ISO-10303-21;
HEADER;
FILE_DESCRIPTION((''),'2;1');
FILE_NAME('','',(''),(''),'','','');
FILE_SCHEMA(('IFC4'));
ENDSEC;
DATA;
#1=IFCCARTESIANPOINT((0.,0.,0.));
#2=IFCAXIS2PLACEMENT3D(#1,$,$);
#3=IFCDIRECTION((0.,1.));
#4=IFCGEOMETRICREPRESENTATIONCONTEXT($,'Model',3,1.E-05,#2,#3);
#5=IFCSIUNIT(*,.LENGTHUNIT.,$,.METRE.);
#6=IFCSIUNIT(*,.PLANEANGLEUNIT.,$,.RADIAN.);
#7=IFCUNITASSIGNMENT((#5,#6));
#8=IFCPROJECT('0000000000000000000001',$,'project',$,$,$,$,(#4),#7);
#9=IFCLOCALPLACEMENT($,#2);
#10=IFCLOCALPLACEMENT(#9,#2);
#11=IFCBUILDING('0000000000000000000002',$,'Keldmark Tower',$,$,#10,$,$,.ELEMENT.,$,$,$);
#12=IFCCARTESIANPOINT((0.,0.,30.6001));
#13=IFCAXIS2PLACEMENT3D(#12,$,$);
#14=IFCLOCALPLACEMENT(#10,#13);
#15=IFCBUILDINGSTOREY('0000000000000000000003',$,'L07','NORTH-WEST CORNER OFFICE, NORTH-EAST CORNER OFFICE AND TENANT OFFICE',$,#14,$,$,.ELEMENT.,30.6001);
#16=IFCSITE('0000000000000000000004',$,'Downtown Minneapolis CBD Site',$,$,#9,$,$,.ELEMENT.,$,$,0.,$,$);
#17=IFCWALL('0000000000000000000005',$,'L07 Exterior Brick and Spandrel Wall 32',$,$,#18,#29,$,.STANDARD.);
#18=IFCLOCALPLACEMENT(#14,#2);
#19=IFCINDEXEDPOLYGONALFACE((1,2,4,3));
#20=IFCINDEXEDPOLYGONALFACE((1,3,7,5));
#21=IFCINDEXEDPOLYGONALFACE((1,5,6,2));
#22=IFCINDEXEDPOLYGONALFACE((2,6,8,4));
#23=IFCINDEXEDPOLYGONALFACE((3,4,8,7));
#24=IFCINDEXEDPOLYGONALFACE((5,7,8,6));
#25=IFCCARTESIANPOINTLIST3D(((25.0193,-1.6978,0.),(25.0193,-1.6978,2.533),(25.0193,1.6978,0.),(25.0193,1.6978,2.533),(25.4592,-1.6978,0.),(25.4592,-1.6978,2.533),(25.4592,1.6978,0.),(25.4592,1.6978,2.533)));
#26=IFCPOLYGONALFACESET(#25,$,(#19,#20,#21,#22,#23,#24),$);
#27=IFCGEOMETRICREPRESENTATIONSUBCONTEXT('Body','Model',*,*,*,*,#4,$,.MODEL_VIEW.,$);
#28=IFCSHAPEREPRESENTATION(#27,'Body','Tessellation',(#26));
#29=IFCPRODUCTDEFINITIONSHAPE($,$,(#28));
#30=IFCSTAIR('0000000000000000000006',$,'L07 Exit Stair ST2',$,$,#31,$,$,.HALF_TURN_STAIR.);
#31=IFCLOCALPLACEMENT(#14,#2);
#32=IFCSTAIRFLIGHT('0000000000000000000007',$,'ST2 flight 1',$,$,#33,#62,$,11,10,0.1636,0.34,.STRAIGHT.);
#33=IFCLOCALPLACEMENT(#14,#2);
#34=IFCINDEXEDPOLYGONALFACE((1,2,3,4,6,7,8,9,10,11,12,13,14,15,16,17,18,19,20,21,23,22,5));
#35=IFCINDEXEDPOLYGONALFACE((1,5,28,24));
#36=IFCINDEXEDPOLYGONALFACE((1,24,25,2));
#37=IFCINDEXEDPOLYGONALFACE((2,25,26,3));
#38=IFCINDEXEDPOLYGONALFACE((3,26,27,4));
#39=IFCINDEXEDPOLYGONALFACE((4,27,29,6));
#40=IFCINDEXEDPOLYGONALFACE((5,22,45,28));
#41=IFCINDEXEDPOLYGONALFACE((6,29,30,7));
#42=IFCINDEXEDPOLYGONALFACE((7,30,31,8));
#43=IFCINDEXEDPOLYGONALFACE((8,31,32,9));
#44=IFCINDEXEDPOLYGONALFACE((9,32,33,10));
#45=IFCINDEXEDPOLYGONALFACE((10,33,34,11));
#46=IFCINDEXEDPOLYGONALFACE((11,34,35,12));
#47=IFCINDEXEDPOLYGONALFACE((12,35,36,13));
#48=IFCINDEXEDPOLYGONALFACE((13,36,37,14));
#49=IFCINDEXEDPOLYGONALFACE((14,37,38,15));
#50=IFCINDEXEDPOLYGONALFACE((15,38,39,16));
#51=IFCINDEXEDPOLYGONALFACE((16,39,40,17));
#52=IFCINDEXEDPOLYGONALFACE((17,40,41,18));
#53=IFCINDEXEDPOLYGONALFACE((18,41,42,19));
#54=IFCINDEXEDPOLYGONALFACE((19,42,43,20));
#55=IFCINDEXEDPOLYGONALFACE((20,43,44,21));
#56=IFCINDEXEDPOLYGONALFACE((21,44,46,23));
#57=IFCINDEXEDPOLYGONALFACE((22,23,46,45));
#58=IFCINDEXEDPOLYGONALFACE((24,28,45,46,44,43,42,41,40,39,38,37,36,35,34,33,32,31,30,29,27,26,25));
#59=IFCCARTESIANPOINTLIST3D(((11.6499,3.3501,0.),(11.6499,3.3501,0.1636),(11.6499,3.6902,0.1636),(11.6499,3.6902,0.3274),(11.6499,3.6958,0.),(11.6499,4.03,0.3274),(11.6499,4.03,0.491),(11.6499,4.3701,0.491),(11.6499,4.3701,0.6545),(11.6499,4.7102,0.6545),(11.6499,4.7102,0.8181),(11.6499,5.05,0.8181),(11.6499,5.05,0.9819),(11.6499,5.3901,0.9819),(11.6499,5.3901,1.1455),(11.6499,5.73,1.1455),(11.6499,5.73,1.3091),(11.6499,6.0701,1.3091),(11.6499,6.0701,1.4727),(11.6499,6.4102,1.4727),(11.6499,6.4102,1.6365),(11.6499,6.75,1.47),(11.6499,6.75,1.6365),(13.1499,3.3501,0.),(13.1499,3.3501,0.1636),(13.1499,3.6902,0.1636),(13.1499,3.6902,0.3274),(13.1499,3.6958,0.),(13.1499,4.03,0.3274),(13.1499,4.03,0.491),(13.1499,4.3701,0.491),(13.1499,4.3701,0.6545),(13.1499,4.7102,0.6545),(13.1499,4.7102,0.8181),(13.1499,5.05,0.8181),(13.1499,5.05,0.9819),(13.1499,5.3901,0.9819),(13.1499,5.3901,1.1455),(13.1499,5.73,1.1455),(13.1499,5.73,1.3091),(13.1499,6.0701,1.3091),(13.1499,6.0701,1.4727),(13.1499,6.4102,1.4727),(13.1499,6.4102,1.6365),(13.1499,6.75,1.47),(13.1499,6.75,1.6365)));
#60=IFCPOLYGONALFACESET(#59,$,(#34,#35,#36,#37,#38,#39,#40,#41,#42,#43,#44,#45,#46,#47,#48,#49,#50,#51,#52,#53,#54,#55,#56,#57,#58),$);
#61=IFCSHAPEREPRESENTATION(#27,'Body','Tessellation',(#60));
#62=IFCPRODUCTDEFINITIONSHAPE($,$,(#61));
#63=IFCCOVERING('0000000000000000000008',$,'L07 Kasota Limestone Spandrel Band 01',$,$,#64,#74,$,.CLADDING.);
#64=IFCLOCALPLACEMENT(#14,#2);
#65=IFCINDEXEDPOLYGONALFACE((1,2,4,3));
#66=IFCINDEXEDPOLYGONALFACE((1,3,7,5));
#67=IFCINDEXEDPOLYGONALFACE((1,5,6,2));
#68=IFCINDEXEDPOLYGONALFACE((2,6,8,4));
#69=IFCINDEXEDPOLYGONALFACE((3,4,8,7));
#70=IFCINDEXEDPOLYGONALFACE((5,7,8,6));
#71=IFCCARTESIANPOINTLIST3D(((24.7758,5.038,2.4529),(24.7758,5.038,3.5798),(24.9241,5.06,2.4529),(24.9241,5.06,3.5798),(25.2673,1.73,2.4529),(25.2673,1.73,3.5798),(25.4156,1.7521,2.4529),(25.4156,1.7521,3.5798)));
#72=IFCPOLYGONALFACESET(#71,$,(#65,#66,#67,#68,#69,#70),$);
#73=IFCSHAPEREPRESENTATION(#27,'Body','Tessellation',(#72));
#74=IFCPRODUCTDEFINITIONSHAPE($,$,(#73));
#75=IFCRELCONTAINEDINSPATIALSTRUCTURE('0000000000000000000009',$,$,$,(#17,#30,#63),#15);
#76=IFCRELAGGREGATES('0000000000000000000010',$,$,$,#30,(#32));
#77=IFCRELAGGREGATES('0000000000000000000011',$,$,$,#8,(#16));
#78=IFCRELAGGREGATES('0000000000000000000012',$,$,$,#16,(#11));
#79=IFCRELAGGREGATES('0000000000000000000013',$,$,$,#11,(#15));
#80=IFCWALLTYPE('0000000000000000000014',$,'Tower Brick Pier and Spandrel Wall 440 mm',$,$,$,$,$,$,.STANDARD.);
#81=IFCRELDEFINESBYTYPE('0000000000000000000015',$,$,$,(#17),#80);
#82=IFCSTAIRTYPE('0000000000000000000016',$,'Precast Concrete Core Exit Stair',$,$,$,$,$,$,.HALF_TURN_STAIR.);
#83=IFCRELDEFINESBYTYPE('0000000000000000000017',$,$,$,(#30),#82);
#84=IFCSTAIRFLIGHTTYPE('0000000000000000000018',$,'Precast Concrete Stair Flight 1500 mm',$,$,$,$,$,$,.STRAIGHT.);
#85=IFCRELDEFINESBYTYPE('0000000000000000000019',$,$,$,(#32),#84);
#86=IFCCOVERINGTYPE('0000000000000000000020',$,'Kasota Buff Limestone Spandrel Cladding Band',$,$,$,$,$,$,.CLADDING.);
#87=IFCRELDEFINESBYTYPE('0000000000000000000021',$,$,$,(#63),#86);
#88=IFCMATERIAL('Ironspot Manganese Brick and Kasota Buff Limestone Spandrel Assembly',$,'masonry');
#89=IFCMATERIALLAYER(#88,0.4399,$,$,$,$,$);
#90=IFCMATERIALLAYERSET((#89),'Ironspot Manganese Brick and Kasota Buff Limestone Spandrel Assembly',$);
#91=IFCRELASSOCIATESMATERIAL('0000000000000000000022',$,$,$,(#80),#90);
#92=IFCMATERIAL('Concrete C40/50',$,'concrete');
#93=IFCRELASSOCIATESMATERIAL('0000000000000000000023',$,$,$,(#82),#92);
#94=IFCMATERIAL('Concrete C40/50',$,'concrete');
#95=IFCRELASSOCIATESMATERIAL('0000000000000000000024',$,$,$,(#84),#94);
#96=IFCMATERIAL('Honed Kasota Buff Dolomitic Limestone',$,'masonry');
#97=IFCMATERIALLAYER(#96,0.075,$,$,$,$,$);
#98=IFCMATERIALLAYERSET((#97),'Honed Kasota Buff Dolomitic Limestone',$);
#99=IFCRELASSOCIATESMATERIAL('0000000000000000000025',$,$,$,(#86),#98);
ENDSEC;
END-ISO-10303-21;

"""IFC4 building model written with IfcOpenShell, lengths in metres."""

from ifc_helpers import new_model, si_unit, direction, frame, frame_2d, origin, origin_2d, place, context, subcontext, project, spatial, polyline, rectangle, outline, extrude, material, layer, layer_set, type_object, element, aggregate, save


model = new_model("IFC4")

# Units and contexts
model_context = context("Model", 3, precision=1e-05, world=origin(), true_north=direction((0.0, 1.0)))
body_context = subcontext(model_context, "Body", "Model", "MODEL_VIEW")
ifc_project = project(units=[si_unit("LENGTHUNIT", "METRE"), si_unit("PLANEANGLEUNIT", "RADIAN")], contexts=[model_context])

# Site, building, storey
site_placement = place(None, origin())
site = spatial("IfcSite", under=ifc_project, at=site_placement, Name="Downtown Minneapolis CBD Site", CompositionType="ELEMENT", RefElevation=0.0)
building_placement = place(site_placement, origin())
building = spatial("IfcBuilding", under=site, at=building_placement, Name="Keldmark Tower", CompositionType="ELEMENT")
storey_placement = place(building_placement, frame((0.0, 0.0, 30.6001)))
storey = spatial("IfcBuildingStorey", under=building, at=storey_placement, Name="L07", Description="NORTH-WEST CORNER OFFICE, NORTH-EAST CORNER OFFICE AND TENANT OFFICE", CompositionType="ELEMENT", Elevation=30.6001)

# Wall
ifc_material_1 = material(Name="Ironspot Manganese Brick and Kasota Buff Limestone Spandrel Assembly", Category="masonry")
ifc_layer_1 = layer(ifc_material_1, 0.4399)
ifc_layer_set_1 = layer_set([ifc_layer_1], Name="Ironspot Manganese Brick and Kasota Buff Limestone Spandrel Assembly")
wall_type_1 = type_object("IfcWallType", Name="Tower Brick Pier and Spandrel Wall 440 mm", PredefinedType="STANDARD", material=ifc_layer_set_1)
wall_1_placement = place(storey_placement, frame((25.2393, 1.6978, 0.0), z_axis=(0.0, 0.0, 1.0), x_axis=(0.0, -1.0, 0.0)))
element("IfcWall", 1, at=wall_1_placement, inside=storey, type_object=wall_type_1, Name="L07 Exterior Brick and Spandrel Wall 32", PredefinedType="STANDARD", context=body_context, shape_type="SweptSolid", body=[
    extrude(rectangle(XDim=3.3955, YDim=0.4399, at=frame_2d((1.6978, 0.0))), origin(), (0.0, 0.0, 1.0), 2.533),
])

# Stair, stair flight
ifc_material_2 = material(Name="Concrete C40/50", Category="concrete")
stair_type = type_object("IfcStairType", Name="Precast Concrete Core Exit Stair", PredefinedType="HALF_TURN_STAIR", material=ifc_material_2)
stair_placement = place(storey_placement, origin())
stair = element("IfcStair", 2, at=stair_placement, inside=storey, type_object=stair_type, Name="L07 Exit Stair ST2", PredefinedType="HALF_TURN_STAIR")
ifc_material_3 = material(Name="Concrete C40/50", Category="concrete")
stair_flight_type = type_object("IfcStairFlightType", Name="Precast Concrete Stair Flight 1500 mm", PredefinedType="STRAIGHT", material=ifc_material_3)
stair_flight_placement = place(storey_placement, frame((12.3999, 3.3501, 0.0), z_axis=(0.0, 0.0, 1.0), x_axis=(0.0, 1.0, 0.0)))
stair_flight = element("IfcStairFlight", 3, at=stair_flight_placement, type_object=stair_flight_type, Name="ST2 flight 1", NumberOfRisers=11, NumberOfTreads=10, PredefinedType="STRAIGHT", RiserHeight=0.1636, TreadLength=0.34, context=body_context, shape_type="SweptSolid", body=[
    extrude(outline(polyline([(0.0, 0.0), (0.0, 0.1636), (0.3401, 0.1636), (0.3401, 0.3274), (0.6799, 0.3274), (0.6799, 0.491), (1.02, 0.491), (1.02, 0.6545), (1.3601, 0.6545), (1.3601, 0.8181), (1.7, 0.8181), (1.7, 0.9819), (2.04, 0.9819), (2.04, 1.1455), (2.3799, 1.1455), (2.3799, 1.3091), (2.72, 1.3091), (2.72, 1.4727), (3.0601, 1.4727), (3.0601, 1.6365), (3.3999, 1.6365), (3.3999, 1.8), (3.3999, 1.47), (0.3457, 0.0), (0.0, 0.0)])), frame((0.0, 0.75, 0.0), z_axis=(0.0, -1.0, 0.0), x_axis=(1.0, 0.0, 0.0)), (0.0, 0.0, 1.0), 1.5),
])
aggregate(stair, [stair_flight])

# Covering
ifc_material_4 = material(Name="Honed Kasota Buff Dolomitic Limestone", Category="masonry")
ifc_layer_2 = layer(ifc_material_4, 0.075)
ifc_layer_set_2 = layer_set([ifc_layer_2], Name="Honed Kasota Buff Dolomitic Limestone")
covering_type = type_object("IfcCoveringType", Name="Kasota Buff Limestone Spandrel Cladding Band", PredefinedType="CLADDING", material=ifc_layer_set_2)
covering_placement = place(storey_placement, frame((25.0957, 3.395, 2.4529), z_axis=(0.0, 0.0, 1.0), x_axis=(-0.146981, 0.989139, 0.0)))
element("IfcCovering", 4, at=covering_placement, inside=storey, type_object=covering_type, Name="L07 Kasota Limestone Spandrel Band 01", PredefinedType="CLADDING", context=body_context, shape_type="SweptSolid", body=[
    extrude(rectangle(XDim=3.3442, YDim=0.1499, at=origin_2d()), origin(), (0.0, 0.0, 1.0), 1.127),
])

save(model, "model.ifc")
